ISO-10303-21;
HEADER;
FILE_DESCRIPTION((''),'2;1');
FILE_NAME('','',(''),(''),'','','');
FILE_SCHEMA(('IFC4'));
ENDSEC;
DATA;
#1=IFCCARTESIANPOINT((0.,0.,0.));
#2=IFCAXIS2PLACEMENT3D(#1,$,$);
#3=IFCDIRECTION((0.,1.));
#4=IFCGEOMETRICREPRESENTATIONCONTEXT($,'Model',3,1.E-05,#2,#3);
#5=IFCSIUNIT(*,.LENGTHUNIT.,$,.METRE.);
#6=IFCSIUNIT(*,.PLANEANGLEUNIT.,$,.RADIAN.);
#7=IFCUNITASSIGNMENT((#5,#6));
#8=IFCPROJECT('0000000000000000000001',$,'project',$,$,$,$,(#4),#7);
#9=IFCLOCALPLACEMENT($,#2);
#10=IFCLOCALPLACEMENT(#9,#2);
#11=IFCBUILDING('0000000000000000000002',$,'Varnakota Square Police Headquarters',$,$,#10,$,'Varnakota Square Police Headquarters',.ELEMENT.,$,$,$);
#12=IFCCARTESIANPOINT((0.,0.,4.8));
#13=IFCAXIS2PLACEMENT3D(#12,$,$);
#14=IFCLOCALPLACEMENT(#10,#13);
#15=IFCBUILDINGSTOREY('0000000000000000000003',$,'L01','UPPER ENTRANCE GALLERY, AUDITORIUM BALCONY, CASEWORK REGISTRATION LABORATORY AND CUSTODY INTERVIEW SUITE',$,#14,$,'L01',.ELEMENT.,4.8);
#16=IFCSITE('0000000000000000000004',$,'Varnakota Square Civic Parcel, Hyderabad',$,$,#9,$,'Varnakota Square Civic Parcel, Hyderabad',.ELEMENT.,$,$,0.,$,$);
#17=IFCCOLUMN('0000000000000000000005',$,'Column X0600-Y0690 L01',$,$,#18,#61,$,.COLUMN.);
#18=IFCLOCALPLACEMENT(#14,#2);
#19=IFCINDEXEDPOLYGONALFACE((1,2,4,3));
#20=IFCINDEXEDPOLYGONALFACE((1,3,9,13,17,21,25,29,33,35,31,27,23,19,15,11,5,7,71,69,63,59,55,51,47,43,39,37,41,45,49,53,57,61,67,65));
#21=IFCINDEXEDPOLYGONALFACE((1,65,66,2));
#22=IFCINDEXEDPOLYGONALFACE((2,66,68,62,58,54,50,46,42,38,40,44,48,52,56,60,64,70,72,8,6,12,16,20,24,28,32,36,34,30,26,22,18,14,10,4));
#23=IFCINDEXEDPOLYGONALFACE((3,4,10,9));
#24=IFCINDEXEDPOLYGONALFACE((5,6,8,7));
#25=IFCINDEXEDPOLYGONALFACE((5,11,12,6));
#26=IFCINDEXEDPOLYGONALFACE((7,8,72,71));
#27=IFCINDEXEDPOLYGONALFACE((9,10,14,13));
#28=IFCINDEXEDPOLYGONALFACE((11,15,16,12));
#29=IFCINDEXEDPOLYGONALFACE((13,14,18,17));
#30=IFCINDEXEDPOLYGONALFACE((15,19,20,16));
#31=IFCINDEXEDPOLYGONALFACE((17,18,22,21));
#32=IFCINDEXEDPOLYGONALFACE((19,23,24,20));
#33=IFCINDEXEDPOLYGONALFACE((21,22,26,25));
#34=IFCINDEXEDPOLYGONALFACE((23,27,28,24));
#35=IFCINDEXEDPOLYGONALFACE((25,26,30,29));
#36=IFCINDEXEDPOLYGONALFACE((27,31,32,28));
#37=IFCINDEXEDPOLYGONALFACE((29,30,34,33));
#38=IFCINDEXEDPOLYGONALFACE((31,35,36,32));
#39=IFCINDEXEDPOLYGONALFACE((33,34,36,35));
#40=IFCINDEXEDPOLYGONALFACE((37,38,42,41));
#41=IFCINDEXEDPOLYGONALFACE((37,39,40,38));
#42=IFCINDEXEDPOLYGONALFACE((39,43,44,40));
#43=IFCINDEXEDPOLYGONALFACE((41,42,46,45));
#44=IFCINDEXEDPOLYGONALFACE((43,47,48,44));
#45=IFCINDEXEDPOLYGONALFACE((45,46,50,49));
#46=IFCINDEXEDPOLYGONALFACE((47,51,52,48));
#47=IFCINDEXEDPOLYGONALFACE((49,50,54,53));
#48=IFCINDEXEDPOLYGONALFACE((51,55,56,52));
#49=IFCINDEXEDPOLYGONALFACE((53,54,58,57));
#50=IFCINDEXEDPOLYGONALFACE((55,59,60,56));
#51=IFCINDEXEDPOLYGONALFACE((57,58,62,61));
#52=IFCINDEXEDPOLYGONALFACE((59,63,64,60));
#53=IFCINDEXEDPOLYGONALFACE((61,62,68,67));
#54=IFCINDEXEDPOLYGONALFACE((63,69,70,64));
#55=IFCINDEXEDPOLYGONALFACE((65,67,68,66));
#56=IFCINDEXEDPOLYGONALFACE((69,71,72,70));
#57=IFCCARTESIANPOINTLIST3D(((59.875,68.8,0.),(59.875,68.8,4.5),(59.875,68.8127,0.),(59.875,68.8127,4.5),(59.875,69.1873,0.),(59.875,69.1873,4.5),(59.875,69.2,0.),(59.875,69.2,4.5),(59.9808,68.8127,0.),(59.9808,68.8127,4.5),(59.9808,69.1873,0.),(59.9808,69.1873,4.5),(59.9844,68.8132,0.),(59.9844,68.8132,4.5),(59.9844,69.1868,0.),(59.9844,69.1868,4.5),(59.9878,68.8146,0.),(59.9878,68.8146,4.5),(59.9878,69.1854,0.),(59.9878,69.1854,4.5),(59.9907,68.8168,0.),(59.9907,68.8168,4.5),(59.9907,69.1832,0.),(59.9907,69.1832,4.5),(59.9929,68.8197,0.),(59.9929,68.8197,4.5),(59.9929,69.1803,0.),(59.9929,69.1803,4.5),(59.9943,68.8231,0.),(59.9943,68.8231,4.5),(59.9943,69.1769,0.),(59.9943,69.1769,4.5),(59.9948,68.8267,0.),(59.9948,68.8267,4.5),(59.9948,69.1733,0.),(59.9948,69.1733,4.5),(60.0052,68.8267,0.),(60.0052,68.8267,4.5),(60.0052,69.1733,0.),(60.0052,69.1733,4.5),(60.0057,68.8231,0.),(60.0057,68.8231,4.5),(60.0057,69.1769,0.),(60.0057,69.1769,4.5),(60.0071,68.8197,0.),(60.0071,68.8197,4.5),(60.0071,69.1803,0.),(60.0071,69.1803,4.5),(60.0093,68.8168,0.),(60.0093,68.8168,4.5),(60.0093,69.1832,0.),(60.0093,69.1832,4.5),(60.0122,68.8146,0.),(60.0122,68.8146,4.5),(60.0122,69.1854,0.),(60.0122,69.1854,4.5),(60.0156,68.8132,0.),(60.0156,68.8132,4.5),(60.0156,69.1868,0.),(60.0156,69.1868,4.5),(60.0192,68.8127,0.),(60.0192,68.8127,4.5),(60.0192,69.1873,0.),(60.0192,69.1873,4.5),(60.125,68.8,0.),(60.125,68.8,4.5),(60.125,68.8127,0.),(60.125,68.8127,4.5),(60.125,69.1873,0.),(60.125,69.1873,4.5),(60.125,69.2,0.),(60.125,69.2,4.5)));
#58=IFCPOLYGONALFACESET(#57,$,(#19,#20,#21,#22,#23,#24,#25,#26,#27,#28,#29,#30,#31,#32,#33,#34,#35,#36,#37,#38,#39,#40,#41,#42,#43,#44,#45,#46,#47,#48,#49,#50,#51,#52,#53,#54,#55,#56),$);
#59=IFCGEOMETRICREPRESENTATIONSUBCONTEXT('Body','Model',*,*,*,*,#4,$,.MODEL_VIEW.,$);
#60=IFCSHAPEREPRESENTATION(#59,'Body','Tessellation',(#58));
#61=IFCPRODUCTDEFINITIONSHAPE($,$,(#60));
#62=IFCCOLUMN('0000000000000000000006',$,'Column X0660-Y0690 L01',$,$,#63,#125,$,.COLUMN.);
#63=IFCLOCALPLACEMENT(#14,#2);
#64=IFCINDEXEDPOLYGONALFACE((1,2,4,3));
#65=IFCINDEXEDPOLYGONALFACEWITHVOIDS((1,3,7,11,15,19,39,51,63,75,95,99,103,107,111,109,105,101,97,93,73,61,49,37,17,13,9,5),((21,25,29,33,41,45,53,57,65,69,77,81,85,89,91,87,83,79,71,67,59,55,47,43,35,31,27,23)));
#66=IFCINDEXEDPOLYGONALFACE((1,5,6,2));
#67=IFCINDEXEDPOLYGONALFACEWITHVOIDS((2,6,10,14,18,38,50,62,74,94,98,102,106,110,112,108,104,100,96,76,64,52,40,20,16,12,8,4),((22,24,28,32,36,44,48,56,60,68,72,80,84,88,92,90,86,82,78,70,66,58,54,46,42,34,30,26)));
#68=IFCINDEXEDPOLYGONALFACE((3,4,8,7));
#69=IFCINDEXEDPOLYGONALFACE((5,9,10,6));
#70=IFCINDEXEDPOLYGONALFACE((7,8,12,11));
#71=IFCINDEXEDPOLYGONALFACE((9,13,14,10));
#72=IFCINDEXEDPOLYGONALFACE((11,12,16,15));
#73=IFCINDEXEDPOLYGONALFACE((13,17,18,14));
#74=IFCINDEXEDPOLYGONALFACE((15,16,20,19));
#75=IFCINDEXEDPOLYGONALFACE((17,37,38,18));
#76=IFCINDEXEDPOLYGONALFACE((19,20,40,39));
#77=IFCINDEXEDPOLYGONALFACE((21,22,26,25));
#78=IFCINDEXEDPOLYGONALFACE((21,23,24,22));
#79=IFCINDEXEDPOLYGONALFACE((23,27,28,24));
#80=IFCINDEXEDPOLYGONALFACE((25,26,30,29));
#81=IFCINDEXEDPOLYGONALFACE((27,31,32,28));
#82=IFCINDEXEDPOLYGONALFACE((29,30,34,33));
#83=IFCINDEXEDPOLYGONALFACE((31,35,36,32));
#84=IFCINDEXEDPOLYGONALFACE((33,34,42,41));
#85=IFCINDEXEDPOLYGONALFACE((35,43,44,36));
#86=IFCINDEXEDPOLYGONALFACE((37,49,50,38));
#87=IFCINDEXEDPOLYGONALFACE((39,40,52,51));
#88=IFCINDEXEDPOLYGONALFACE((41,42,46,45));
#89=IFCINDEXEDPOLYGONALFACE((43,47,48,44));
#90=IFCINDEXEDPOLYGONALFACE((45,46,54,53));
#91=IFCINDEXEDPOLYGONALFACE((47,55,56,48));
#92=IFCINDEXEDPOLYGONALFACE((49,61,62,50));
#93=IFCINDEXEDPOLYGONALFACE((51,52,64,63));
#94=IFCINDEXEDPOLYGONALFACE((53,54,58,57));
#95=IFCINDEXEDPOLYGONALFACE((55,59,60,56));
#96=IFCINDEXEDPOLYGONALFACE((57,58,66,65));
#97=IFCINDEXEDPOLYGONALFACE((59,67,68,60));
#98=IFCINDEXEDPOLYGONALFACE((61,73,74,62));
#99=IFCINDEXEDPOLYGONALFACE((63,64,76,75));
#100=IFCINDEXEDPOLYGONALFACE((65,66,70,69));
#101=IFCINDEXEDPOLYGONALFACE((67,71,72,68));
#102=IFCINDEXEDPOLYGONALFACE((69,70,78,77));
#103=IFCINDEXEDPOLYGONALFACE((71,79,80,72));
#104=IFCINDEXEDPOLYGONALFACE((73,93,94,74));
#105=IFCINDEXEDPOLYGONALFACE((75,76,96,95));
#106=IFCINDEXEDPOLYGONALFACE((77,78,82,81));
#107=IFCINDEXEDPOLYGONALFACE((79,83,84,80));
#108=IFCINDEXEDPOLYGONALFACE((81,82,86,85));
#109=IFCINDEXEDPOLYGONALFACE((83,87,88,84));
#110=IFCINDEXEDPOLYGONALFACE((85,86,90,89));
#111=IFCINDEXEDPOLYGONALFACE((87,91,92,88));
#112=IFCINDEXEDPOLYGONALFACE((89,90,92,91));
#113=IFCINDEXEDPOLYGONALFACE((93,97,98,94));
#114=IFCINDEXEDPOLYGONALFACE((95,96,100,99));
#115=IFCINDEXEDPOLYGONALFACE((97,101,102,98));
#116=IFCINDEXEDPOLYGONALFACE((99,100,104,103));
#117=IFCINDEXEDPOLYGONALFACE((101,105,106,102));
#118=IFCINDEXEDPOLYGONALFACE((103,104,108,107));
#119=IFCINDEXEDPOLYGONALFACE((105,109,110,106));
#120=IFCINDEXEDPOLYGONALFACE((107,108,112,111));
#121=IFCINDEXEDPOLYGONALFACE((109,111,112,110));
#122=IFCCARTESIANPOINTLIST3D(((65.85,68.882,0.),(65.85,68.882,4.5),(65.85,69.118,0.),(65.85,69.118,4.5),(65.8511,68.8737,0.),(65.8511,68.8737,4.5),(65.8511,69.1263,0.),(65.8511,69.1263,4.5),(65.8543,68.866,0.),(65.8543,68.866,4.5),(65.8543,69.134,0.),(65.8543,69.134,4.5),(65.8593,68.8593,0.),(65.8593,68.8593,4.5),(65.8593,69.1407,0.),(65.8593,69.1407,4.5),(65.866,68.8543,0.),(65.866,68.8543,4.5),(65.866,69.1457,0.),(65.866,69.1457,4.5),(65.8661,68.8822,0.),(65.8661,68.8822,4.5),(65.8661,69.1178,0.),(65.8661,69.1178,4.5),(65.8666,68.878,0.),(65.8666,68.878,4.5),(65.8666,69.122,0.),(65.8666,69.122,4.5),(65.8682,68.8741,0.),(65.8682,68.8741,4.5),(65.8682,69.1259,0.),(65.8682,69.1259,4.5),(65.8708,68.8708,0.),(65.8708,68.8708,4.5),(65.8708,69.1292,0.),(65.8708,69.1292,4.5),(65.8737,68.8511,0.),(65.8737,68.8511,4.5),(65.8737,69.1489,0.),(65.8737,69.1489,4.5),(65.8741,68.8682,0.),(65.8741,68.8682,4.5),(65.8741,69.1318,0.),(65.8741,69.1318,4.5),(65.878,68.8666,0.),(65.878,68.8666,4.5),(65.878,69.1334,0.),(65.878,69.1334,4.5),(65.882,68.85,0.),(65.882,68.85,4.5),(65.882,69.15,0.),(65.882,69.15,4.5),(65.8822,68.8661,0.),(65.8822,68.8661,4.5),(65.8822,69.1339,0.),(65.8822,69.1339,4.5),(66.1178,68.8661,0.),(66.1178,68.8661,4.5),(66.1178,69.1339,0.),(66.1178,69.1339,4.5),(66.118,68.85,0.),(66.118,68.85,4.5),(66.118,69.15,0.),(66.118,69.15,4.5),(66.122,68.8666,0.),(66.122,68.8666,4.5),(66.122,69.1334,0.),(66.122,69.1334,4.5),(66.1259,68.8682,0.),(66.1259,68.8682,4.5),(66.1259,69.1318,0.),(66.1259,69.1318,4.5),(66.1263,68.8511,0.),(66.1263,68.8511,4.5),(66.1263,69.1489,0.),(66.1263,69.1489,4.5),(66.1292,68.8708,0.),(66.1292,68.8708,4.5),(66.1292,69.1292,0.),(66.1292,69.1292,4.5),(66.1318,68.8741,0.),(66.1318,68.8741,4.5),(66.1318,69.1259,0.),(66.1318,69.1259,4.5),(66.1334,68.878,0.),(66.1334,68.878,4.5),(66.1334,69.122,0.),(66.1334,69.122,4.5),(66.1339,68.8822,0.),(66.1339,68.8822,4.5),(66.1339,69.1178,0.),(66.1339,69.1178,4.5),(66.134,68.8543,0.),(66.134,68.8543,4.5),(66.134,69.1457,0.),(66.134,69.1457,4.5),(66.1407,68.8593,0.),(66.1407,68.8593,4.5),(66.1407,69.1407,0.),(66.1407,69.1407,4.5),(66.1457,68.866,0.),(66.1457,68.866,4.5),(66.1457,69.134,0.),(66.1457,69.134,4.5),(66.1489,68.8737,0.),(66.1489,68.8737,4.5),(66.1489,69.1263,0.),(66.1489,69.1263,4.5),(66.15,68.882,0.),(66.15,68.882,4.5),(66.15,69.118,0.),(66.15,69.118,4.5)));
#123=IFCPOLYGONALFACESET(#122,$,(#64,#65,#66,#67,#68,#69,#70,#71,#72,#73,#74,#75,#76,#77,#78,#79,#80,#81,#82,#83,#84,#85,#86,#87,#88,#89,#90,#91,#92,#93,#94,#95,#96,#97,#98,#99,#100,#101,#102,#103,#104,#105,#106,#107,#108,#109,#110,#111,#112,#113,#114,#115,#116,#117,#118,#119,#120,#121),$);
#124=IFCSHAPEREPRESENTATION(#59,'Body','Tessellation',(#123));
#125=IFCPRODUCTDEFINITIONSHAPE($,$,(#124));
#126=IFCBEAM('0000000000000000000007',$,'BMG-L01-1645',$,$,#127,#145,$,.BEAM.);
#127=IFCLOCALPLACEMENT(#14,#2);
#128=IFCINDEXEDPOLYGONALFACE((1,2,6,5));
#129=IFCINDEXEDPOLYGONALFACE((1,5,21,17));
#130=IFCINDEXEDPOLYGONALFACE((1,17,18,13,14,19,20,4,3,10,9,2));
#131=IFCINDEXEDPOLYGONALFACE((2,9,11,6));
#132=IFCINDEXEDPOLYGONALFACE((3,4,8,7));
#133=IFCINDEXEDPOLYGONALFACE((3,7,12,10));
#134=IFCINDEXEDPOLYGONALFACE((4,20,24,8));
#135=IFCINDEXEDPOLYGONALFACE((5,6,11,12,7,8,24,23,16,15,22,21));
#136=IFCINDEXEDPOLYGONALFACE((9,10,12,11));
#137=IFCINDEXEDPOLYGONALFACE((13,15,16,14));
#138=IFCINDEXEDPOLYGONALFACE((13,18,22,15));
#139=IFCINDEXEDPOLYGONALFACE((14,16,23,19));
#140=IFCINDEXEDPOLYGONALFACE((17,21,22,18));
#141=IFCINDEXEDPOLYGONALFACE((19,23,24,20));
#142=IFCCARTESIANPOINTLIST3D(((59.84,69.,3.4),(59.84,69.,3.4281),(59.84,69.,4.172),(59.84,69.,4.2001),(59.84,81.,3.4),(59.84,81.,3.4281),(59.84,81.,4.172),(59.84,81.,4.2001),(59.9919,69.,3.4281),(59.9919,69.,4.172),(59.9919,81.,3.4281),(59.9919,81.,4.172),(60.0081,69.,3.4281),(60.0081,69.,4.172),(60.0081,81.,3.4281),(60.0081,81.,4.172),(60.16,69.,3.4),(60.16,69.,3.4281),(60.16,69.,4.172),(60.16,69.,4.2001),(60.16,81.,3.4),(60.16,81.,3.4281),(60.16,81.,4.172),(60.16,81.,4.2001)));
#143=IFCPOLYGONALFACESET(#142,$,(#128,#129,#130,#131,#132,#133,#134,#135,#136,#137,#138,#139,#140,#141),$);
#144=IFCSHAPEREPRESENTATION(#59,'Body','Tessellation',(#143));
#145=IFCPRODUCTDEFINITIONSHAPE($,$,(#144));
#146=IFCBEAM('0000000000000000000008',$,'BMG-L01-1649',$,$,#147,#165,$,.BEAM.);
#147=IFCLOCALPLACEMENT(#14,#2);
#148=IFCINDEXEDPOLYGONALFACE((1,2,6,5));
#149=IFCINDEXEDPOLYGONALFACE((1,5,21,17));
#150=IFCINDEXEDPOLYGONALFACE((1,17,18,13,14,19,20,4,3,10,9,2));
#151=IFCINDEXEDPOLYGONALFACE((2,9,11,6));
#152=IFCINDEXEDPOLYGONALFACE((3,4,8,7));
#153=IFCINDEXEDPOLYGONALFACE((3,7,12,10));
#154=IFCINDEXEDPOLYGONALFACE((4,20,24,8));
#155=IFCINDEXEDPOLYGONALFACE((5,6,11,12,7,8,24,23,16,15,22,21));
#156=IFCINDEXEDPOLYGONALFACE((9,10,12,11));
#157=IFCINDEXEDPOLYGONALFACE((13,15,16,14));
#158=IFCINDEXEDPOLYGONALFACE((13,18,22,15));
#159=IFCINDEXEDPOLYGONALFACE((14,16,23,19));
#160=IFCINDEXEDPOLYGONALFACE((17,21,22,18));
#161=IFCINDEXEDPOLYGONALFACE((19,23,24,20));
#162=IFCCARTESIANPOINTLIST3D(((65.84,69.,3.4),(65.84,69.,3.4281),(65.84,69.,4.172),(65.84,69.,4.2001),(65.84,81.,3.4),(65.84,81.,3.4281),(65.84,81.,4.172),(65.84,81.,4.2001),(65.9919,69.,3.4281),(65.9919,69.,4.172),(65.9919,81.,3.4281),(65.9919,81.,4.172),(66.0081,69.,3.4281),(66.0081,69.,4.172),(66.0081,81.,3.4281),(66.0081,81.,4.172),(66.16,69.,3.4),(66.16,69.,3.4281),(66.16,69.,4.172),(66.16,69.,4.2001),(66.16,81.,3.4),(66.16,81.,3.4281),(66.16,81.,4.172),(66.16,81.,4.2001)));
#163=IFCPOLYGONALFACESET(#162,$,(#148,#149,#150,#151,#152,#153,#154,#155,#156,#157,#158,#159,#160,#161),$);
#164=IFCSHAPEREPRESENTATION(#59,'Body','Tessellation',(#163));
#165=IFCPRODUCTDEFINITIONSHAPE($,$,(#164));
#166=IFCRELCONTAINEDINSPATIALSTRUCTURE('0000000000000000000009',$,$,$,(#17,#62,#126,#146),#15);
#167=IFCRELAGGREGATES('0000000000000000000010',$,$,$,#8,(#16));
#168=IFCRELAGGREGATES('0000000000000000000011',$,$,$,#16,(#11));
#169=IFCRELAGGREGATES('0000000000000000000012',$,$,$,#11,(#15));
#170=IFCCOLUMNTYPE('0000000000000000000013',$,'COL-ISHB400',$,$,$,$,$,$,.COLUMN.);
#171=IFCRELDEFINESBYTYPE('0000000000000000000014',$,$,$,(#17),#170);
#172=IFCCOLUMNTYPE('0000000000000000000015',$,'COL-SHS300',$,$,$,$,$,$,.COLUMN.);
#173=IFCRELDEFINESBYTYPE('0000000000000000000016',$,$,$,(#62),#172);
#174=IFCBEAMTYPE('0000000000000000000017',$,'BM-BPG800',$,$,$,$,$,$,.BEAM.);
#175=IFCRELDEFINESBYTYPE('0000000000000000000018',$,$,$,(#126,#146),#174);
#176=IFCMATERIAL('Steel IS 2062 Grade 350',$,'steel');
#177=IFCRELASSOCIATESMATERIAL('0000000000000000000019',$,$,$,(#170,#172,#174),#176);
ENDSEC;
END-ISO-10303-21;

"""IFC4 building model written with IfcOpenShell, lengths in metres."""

from ifc_helpers import new_model, si_unit, direction, frame, origin, origin_2d, place, context, subcontext, project, spatial, hollow_rectangle, i_section, extrude, material, material_profile, profile_set, type_object, element, save


model = new_model("IFC4")

# Units and contexts
model_context = context("Model", 3, precision=1e-05, world=origin(), true_north=direction((0.0, 1.0)))
body_context = subcontext(model_context, "Body", "Model", "MODEL_VIEW")
ifc_project = project(units=[si_unit("LENGTHUNIT", "METRE"), si_unit("PLANEANGLEUNIT", "RADIAN")], contexts=[model_context])

# Site, building, storey
site_placement = place(None, origin())
site = spatial("IfcSite", under=ifc_project, at=site_placement, Name="Varnakota Square Civic Parcel, Hyderabad", LongName="Varnakota Square Civic Parcel, Hyderabad", CompositionType="ELEMENT", RefElevation=0.0)
building_placement = place(site_placement, origin())
building = spatial("IfcBuilding", under=site, at=building_placement, Name="Varnakota Square Police Headquarters", LongName="Varnakota Square Police Headquarters", CompositionType="ELEMENT")
storey_placement = place(building_placement, frame((0.0, 0.0, 4.8)))
storey = spatial("IfcBuildingStorey", under=building, at=storey_placement, Name="L01", Description="UPPER ENTRANCE GALLERY, AUDITORIUM BALCONY, CASEWORK REGISTRATION LABORATORY AND CUSTODY INTERVIEW SUITE", LongName="L01", CompositionType="ELEMENT", Elevation=4.8)

# Columns
ifc_material_1 = material(Name="Steel IS 2062 Grade 350", Category="steel")
ifc_material_profile_1 = material_profile(ifc_material_1, i_section(OverallWidth=0.25, OverallDepth=0.3999, WebThickness=0.0105, FlangeThickness=0.0127, FilletRadius=0.0139, at=origin_2d()), Name="ISHB 400")
ifc_profile_set_1 = profile_set([ifc_material_profile_1], Name="Steel IS 2062 Grade 350")
column_type_1 = type_object("IfcColumnType", Name="COL-ISHB400", PredefinedType="COLUMN", material=ifc_profile_set_1)
column_1_placement = place(storey_placement, frame((60.0, 69.0, 0.0), z_axis=(0.0, 0.0, 1.0), x_axis=(1.0, 0.0, 0.0)))
element("IfcColumn", 1, at=column_1_placement, inside=storey, type_object=column_type_1, Name="Column X0600-Y0690 L01", PredefinedType="COLUMN", context=body_context, shape_type="SweptSolid", body=[
    extrude(i_section(OverallWidth=0.25, OverallDepth=0.3999, WebThickness=0.0105, FlangeThickness=0.0127, FilletRadius=0.0139, at=origin_2d()), origin(), (0.0, 0.0, 1.0), 4.5),
])
ifc_material_profile_2 = material_profile(ifc_material_1, hollow_rectangle(XDim=0.3, YDim=0.3, WallThickness=0.0161, InnerFilletRadius=0.0161, OuterFilletRadius=0.032, at=origin_2d()), Name="SHS 300x300x16")
ifc_profile_set_2 = profile_set([ifc_material_profile_2], Name="Steel IS 2062 Grade 350")
column_type_2 = type_object("IfcColumnType", Name="COL-SHS300", PredefinedType="COLUMN", material=ifc_profile_set_2)
column_2_placement = place(storey_placement, frame((66.0, 69.0, 0.0), z_axis=(0.0, 0.0, 1.0), x_axis=(1.0, 0.0, 0.0)))
element("IfcColumn", 2, at=column_2_placement, inside=storey, type_object=column_type_2, Name="Column X0660-Y0690 L01", PredefinedType="COLUMN", context=body_context, shape_type="SweptSolid", body=[
    extrude(hollow_rectangle(XDim=0.3, YDim=0.3, WallThickness=0.0161, InnerFilletRadius=0.0161, OuterFilletRadius=0.032, at=origin_2d()), origin(), (0.0, 0.0, 1.0), 4.5),
])

# Beams
ifc_material_profile_3 = material_profile(ifc_material_1, i_section(OverallWidth=0.3201, OverallDepth=0.8, WebThickness=0.0161, FlangeThickness=0.0281, at=origin_2d()), Name="BPG 800x320")
ifc_profile_set_3 = profile_set([ifc_material_profile_3], Name="Steel IS 2062 Grade 350")
beam_type_1 = type_object("IfcBeamType", Name="BM-BPG800", PredefinedType="BEAM", material=ifc_profile_set_3)
for number, where, z_axis, x_axis, name in (
    (3, (60.0, 69.0, 3.8), (0.0, 1.0, 0.0), (-1.0, 0.0, 0.0), "BMG-L01-1645"),
    (4, (66.0, 69.0, 3.8), (0.0, 1.0, 0.0), (-1.0, 0.0, 0.0), "BMG-L01-1649"),
):
    element("IfcBeam", number, at=place(storey_placement, frame(where, z_axis=z_axis, x_axis=x_axis)), inside=storey, type_object=beam_type_1, Name=name, PredefinedType="BEAM", context=body_context, shape_type="SweptSolid", body=[
        extrude(i_section(OverallWidth=0.3201, OverallDepth=0.8, WebThickness=0.0161, FlangeThickness=0.0281, at=origin_2d()), origin(), (0.0, 0.0, 1.0), 12.0),
    ])

save(model, "model.ifc")
